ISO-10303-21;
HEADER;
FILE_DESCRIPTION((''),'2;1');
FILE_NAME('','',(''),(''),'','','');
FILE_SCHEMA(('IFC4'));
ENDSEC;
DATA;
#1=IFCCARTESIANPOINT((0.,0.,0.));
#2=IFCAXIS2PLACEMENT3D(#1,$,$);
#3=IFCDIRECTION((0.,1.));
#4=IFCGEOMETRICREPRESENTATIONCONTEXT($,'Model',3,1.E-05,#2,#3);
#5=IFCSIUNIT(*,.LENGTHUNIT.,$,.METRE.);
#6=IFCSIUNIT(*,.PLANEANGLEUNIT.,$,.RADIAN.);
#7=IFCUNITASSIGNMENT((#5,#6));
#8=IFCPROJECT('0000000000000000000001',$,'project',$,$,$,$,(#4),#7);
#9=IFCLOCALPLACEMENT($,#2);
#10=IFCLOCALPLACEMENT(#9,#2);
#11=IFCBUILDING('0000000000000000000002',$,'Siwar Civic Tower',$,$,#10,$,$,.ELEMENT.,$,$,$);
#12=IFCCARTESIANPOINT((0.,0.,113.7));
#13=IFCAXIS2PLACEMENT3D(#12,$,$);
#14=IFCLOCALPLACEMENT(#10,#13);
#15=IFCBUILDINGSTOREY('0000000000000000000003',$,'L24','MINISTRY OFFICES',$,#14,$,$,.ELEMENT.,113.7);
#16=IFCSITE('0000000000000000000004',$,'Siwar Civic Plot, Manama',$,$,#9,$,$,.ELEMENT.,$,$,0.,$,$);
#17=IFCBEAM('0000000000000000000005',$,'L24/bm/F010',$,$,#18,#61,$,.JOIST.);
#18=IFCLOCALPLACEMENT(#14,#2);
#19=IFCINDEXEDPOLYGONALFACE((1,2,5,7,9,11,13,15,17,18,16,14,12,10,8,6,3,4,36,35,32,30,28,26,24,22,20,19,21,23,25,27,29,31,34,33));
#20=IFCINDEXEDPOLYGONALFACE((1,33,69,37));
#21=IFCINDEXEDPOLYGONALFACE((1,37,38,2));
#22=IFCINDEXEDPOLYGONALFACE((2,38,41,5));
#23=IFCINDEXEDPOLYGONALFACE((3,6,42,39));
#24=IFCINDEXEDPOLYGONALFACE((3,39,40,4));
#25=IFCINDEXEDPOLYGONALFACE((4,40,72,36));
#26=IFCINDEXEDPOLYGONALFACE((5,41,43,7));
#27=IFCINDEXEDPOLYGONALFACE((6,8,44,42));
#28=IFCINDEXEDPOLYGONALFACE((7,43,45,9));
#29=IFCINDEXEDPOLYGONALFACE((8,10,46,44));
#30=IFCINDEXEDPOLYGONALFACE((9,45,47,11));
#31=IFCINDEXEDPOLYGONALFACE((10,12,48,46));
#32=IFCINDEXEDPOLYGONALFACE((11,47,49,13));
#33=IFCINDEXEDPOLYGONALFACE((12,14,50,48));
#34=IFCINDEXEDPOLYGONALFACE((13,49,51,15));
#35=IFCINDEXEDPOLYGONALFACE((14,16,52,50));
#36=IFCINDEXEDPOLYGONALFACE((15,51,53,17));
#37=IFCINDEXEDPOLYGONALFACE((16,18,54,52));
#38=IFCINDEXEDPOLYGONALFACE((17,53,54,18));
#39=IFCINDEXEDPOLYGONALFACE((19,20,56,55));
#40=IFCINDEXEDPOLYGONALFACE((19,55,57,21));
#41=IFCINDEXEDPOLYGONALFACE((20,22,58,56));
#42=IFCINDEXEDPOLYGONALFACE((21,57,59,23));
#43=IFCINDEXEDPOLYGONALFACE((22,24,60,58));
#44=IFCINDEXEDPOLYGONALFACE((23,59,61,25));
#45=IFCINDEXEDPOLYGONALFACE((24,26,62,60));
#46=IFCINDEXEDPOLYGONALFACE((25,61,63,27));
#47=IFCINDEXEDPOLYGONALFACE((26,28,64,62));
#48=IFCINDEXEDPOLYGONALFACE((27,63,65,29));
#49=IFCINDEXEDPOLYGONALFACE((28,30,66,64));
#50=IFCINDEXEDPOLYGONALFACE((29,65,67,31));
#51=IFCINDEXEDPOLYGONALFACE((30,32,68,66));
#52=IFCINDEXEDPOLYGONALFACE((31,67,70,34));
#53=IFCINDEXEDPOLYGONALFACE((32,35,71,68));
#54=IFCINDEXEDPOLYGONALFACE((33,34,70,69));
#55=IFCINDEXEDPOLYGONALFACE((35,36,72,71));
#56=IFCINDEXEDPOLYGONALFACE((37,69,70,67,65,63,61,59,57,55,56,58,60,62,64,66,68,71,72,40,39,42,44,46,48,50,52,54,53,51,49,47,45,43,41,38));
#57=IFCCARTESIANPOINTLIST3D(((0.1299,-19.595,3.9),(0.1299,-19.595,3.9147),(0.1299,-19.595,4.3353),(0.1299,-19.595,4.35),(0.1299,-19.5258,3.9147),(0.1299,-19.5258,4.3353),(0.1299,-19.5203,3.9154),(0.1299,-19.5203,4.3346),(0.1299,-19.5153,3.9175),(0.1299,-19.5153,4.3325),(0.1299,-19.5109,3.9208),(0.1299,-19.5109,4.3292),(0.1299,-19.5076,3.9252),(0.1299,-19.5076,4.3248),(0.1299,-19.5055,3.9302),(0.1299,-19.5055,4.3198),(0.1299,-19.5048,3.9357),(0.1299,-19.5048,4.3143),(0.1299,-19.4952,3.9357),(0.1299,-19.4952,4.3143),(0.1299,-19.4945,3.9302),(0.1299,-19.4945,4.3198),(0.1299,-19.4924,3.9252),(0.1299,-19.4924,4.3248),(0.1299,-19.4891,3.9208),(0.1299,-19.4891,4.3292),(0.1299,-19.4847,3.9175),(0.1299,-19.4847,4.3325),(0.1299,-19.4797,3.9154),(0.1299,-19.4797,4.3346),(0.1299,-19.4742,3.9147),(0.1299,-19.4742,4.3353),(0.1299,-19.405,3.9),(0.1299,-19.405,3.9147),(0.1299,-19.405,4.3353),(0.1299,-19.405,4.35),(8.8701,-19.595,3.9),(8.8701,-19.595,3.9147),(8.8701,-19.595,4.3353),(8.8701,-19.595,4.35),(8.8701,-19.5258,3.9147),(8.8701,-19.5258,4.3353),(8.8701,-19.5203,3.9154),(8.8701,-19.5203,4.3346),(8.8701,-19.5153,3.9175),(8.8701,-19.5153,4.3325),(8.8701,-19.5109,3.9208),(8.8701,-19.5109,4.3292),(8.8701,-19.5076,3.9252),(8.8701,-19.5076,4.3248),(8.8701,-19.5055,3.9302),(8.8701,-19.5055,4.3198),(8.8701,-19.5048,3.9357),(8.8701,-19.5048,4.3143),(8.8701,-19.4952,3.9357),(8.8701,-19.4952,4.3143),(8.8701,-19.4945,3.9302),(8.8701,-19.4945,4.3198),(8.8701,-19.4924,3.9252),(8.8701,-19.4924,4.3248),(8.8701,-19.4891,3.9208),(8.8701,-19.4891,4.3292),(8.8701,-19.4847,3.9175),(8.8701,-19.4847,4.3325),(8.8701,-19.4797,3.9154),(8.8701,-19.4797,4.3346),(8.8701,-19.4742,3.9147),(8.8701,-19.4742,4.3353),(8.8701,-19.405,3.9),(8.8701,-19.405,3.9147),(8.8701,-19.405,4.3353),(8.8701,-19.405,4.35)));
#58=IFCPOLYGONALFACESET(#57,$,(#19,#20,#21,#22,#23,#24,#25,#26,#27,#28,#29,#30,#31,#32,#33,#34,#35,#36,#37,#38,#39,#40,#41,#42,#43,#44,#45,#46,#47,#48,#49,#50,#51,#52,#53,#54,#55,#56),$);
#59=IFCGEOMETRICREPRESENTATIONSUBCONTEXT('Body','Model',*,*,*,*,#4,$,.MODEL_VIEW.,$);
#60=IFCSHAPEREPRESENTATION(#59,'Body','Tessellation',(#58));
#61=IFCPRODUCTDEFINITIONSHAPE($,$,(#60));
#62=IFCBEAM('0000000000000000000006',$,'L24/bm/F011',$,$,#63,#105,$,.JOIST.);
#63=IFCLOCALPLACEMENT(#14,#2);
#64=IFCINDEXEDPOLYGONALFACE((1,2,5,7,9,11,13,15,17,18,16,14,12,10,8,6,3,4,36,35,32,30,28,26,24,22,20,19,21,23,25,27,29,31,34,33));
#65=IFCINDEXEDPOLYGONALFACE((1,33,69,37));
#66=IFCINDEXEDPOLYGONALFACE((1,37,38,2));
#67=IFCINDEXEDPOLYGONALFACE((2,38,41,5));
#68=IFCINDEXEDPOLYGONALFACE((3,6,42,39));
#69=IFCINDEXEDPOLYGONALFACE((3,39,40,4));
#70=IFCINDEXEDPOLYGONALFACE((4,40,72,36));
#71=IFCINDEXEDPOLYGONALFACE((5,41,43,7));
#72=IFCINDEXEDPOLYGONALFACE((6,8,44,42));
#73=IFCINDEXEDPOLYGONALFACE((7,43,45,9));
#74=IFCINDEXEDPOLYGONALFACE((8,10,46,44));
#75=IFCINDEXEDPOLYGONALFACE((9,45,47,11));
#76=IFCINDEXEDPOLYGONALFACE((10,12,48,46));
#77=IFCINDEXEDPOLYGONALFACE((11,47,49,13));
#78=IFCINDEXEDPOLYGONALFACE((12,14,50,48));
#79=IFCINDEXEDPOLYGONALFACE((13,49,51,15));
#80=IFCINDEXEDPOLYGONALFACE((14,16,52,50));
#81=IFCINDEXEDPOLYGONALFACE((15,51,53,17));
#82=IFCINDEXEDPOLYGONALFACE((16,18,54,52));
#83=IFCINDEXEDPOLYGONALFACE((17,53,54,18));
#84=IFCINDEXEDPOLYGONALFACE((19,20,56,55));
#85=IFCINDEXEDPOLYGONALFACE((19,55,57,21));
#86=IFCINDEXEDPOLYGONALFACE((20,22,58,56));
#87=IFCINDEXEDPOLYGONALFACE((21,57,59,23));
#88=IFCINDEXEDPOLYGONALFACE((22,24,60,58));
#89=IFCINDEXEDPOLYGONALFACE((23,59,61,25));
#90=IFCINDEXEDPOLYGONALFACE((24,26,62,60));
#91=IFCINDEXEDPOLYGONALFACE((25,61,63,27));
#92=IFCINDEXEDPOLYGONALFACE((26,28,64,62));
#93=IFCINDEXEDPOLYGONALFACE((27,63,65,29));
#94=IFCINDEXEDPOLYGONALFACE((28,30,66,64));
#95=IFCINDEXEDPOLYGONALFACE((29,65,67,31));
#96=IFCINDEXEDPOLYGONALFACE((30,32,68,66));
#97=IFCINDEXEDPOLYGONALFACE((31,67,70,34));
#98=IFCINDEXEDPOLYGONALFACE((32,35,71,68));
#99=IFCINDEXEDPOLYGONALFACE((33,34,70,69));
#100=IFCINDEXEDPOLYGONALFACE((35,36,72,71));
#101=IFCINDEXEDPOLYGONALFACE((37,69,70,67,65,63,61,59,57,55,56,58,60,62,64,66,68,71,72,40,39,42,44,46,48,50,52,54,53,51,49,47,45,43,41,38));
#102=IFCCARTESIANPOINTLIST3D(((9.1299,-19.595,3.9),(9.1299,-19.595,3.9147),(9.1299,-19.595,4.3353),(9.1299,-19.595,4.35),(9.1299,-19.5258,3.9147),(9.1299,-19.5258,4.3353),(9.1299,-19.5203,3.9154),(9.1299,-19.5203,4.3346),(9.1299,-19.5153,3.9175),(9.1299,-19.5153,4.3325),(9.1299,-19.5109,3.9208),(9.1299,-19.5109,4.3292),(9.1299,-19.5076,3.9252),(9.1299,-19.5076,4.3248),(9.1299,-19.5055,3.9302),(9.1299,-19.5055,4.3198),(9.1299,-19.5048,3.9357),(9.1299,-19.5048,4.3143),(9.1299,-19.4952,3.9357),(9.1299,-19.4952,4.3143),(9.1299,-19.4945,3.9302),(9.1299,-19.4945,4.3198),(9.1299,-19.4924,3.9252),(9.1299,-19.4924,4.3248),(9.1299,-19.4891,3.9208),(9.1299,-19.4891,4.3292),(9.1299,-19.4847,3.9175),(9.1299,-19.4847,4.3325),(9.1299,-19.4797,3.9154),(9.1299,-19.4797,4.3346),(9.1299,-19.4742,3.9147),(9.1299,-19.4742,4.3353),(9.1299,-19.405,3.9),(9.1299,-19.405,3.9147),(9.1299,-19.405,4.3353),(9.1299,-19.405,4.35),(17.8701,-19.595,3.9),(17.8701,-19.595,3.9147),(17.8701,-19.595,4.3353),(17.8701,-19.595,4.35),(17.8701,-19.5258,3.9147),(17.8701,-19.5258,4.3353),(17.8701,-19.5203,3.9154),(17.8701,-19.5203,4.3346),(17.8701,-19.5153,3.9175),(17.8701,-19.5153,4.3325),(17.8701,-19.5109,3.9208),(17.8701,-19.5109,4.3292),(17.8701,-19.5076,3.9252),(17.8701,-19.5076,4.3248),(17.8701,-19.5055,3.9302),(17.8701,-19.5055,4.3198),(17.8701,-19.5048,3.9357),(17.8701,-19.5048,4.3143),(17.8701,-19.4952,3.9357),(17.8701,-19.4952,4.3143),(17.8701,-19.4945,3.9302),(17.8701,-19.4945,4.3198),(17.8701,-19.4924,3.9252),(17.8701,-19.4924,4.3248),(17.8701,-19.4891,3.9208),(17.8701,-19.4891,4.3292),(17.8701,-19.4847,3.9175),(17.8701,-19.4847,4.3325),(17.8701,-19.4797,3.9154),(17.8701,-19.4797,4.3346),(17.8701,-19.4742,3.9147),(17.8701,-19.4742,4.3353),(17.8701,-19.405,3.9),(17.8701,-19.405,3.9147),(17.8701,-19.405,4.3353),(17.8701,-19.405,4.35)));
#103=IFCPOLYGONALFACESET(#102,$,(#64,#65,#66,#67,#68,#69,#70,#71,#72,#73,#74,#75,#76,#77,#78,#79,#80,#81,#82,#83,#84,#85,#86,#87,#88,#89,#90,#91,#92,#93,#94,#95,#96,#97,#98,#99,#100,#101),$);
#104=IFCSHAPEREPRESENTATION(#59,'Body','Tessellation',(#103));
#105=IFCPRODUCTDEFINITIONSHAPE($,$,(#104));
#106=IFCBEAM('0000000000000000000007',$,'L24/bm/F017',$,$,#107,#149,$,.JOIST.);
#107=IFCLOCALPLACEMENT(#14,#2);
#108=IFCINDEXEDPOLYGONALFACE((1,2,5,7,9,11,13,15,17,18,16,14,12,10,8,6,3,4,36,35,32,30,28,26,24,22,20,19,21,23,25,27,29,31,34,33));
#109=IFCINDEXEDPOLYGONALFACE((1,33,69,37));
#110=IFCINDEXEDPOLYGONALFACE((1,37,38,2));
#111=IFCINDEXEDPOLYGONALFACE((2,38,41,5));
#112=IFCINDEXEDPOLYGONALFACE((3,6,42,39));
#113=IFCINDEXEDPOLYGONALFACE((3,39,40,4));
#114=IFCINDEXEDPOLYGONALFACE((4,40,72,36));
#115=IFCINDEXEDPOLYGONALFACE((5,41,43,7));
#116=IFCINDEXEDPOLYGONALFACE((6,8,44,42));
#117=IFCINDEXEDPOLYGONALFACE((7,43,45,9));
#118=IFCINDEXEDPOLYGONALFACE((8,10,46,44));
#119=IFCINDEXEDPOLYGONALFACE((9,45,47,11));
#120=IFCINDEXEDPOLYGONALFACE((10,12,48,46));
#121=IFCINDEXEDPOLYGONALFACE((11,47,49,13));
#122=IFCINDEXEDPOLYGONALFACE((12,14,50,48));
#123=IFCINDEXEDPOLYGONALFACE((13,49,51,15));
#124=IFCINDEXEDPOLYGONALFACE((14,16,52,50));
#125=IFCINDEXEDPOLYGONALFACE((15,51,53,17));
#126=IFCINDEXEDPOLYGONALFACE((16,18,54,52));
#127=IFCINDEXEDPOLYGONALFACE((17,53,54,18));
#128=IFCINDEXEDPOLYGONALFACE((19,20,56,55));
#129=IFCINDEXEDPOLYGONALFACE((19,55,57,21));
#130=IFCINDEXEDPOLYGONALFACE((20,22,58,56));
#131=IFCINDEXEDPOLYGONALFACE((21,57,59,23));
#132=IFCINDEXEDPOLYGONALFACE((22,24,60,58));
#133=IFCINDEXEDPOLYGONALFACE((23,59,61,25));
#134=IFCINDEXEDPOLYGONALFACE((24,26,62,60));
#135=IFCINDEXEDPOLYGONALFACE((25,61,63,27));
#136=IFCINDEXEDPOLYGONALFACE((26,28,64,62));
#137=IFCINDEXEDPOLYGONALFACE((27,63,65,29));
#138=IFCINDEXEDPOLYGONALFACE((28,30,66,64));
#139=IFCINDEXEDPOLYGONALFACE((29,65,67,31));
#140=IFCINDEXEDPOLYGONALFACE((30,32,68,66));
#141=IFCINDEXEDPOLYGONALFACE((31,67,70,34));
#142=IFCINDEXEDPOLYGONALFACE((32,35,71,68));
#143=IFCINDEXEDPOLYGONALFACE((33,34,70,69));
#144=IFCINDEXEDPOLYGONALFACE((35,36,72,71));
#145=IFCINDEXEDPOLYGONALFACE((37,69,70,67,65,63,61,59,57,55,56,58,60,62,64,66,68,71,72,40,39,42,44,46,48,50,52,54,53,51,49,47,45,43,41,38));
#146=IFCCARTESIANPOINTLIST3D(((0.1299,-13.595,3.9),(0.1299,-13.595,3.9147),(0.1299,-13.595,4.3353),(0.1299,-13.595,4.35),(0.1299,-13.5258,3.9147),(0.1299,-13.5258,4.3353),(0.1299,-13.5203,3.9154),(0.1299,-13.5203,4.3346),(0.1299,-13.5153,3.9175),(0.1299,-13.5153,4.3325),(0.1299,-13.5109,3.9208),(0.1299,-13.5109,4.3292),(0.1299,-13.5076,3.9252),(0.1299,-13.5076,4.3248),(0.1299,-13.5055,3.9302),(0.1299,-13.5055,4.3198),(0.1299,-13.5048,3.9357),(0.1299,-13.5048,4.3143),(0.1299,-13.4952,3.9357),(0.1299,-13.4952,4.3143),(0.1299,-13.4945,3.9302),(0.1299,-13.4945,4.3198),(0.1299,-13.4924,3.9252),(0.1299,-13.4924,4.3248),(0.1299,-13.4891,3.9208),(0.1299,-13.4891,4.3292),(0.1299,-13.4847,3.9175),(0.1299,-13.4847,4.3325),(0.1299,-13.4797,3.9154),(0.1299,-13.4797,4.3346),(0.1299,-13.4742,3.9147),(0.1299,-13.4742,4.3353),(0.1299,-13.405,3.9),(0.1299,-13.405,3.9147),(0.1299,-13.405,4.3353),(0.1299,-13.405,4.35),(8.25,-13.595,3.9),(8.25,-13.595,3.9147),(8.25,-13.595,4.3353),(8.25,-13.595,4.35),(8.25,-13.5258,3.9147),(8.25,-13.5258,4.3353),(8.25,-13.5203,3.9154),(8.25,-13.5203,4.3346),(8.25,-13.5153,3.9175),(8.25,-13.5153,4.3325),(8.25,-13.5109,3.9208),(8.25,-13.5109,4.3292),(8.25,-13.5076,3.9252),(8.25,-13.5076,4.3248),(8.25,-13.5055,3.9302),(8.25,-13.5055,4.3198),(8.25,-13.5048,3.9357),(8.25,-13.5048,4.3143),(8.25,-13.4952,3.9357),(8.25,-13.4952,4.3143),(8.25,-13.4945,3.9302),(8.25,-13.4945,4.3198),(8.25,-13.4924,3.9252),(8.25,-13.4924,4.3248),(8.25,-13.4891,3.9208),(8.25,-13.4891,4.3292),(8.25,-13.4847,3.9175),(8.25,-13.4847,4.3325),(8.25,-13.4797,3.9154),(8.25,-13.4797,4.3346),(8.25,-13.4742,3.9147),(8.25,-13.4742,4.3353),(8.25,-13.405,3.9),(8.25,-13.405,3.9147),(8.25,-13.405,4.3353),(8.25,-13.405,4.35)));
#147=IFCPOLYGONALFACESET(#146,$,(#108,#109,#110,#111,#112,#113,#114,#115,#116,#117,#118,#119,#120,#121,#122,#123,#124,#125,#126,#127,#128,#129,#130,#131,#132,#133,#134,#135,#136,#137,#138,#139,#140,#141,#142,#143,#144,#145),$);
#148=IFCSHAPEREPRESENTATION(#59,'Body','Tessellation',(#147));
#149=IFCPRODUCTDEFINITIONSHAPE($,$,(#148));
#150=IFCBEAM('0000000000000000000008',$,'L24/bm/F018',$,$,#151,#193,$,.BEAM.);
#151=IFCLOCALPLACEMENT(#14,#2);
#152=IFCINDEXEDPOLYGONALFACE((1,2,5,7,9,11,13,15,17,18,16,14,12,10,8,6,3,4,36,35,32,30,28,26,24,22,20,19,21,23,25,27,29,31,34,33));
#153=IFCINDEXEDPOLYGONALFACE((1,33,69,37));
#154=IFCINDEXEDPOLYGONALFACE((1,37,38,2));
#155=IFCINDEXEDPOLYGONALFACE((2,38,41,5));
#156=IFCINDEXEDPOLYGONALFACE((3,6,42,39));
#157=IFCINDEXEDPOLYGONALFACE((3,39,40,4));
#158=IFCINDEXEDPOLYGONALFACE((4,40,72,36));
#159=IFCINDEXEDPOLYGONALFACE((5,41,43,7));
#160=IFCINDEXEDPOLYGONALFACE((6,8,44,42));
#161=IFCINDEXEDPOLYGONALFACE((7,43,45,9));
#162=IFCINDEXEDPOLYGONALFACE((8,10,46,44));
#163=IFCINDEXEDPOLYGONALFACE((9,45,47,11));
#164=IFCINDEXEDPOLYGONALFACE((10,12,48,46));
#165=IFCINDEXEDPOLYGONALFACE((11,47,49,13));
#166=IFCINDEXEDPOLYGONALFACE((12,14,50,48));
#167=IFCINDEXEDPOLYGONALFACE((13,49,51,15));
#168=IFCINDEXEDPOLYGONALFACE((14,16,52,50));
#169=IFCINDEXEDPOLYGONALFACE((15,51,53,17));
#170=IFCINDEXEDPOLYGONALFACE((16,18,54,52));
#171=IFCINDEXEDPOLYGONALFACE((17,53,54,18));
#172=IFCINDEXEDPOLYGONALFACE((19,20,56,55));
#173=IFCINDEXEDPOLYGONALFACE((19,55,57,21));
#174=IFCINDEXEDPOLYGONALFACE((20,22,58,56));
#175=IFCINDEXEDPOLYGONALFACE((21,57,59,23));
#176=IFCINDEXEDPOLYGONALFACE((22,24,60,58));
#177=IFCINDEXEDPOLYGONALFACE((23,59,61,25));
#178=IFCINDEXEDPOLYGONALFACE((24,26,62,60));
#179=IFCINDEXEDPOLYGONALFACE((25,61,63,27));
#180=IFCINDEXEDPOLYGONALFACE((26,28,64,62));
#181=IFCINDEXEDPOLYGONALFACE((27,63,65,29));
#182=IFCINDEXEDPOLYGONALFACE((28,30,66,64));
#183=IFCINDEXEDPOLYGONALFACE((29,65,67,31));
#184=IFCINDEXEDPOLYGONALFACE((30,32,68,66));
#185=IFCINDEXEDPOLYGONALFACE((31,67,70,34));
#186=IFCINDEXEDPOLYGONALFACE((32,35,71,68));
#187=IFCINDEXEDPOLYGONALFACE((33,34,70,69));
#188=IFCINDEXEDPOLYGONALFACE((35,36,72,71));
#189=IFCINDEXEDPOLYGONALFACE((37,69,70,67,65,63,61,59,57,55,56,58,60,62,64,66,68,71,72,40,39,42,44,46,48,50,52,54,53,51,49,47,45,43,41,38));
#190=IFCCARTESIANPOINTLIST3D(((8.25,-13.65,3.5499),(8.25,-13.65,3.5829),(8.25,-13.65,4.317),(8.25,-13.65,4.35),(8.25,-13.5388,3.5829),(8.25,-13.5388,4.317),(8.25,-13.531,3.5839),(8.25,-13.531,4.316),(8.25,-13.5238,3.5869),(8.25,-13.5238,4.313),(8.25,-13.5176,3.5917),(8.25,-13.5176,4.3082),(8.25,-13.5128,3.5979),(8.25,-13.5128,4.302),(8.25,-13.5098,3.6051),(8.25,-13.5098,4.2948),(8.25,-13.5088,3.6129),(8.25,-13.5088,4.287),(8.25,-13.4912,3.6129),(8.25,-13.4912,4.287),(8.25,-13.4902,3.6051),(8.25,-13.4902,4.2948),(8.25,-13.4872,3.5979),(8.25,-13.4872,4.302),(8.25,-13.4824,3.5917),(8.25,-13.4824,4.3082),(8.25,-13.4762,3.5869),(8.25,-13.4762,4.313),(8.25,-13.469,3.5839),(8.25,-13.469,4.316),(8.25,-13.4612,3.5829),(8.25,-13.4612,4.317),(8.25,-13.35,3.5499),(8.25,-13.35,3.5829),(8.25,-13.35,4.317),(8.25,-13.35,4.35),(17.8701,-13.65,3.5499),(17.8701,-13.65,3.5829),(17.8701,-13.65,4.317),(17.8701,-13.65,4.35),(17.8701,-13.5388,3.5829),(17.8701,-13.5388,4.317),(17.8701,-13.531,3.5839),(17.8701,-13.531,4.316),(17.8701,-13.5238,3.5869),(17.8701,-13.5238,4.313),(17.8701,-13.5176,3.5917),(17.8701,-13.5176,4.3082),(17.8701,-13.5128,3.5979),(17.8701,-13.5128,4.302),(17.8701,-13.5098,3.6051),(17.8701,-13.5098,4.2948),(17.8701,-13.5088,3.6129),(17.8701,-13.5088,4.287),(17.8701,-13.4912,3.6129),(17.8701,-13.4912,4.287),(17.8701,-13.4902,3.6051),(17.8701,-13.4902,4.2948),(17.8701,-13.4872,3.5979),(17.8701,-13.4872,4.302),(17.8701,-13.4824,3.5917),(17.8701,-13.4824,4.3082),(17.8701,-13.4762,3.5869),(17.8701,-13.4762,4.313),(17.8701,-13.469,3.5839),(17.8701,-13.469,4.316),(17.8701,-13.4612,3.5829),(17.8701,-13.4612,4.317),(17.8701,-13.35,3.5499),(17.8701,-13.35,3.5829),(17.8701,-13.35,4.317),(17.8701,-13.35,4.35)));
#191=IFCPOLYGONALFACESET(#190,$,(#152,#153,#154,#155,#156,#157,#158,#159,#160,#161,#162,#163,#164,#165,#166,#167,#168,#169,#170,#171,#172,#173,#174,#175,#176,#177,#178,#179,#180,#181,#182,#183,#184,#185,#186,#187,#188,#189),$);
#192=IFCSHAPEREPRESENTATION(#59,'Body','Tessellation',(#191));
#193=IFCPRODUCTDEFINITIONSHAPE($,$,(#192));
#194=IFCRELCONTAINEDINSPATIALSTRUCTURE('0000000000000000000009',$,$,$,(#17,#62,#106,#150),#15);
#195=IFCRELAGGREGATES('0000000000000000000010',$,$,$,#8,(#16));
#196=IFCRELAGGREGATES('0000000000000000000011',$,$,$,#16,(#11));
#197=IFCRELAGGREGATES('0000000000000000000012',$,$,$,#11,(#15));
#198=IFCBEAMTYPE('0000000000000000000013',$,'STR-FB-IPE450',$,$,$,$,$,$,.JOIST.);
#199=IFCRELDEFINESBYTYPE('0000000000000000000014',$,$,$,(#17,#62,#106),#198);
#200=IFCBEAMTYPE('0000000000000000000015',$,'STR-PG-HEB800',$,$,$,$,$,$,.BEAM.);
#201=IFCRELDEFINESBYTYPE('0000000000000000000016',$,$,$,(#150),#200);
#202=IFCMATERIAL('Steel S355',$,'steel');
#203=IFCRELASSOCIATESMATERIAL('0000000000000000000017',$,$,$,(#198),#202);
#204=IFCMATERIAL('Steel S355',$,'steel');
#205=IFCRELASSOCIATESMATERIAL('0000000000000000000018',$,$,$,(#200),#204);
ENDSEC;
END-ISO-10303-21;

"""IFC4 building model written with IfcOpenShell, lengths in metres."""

from ifc_helpers import new_model, si_unit, direction, frame, origin, origin_2d, place, context, subcontext, project, spatial, i_section, extrude, material, material_profile, profile_set, type_object, element, save


model = new_model("IFC4")

# Units and contexts
model_context = context("Model", 3, precision=1e-05, world=origin(), true_north=direction((0.0, 1.0)))
body_context = subcontext(model_context, "Body", "Model", "MODEL_VIEW")
ifc_project = project(units=[si_unit("LENGTHUNIT", "METRE"), si_unit("PLANEANGLEUNIT", "RADIAN")], contexts=[model_context])

# Site, building, storey
site_placement = place(None, origin())
site = spatial("IfcSite", under=ifc_project, at=site_placement, Name="Siwar Civic Plot, Manama", CompositionType="ELEMENT", RefElevation=0.0)
building_placement = place(site_placement, origin())
building = spatial("IfcBuilding", under=site, at=building_placement, Name="Siwar Civic Tower", CompositionType="ELEMENT")
storey_placement = place(building_placement, frame((0.0, 0.0, 113.7)))
storey = spatial("IfcBuildingStorey", under=building, at=storey_placement, Name="L24", Description="MINISTRY OFFICES", CompositionType="ELEMENT", Elevation=113.7)

# Beams
ifc_material_1 = material(Name="Steel S355", Category="steel")
ifc_material_profile_1 = material_profile(ifc_material_1, i_section(OverallWidth=0.1899, OverallDepth=0.45, WebThickness=0.0095, FlangeThickness=0.0146, FilletRadius=0.021, at=origin_2d()), Name="IPE450")
ifc_profile_set_1 = profile_set([ifc_material_profile_1], Name="Steel S355")
beam_type_1 = type_object("IfcBeamType", Name="STR-FB-IPE450", PredefinedType="JOIST", material=ifc_profile_set_1)
for number, where, z_axis, x_axis, name in (
    (1, (0.1299, -19.5, 4.125), (1.0, 0.0, 0.0), (0.0, 1.0, 0.0), "L24/bm/F010"),
    (2, (9.1299, -19.5, 4.125), (1.0, 0.0, 0.0), (0.0, 1.0, 0.0), "L24/bm/F011"),
):
    element("IfcBeam", number, at=place(storey_placement, frame(where, z_axis=z_axis, x_axis=x_axis)), inside=storey, type_object=beam_type_1, Name=name, PredefinedType="JOIST", context=body_context, shape_type="SweptSolid", body=[
        extrude(i_section(OverallWidth=0.1899, OverallDepth=0.45, WebThickness=0.0095, FlangeThickness=0.0146, FilletRadius=0.021, at=origin_2d()), origin(), (0.0, 0.0, 1.0), 8.7402),
    ])
beam_1_placement = place(storey_placement, frame((0.1299, -13.5, 4.125), z_axis=(1.0, 0.0, 0.0), x_axis=(0.0, 1.0, 0.0)))
element("IfcBeam", 3, at=beam_1_placement, inside=storey, type_object=beam_type_1, Name="L24/bm/F017", PredefinedType="JOIST", context=body_context, shape_type="SweptSolid", body=[
    extrude(i_section(OverallWidth=0.1899, OverallDepth=0.45, WebThickness=0.0095, FlangeThickness=0.0146, FilletRadius=0.021, at=origin_2d()), origin(), (0.0, 0.0, 1.0), 8.1201),
])
ifc_material_2 = material(Name="Steel S355", Category="steel")
ifc_material_profile_2 = material_profile(ifc_material_2, i_section(OverallWidth=0.3, OverallDepth=0.8, WebThickness=0.0176, FlangeThickness=0.033, FilletRadius=0.03, at=origin_2d()), Name="HEB800")
ifc_profile_set_2 = profile_set([ifc_material_profile_2], Name="Steel S355")
beam_type_2 = type_object("IfcBeamType", Name="STR-PG-HEB800", PredefinedType="BEAM", material=ifc_profile_set_2)
beam_2_placement = place(storey_placement, frame((8.25, -13.5, 3.95), z_axis=(1.0, 0.0, 0.0), x_axis=(0.0, 1.0, 0.0)))
element("IfcBeam", 4, at=beam_2_placement, inside=storey, type_object=beam_type_2, Name="L24/bm/F018", PredefinedType="BEAM", context=body_context, shape_type="SweptSolid", body=[
    extrude(i_section(OverallWidth=0.3, OverallDepth=0.8, WebThickness=0.0176, FlangeThickness=0.033, FilletRadius=0.03, at=origin_2d()), origin(), (0.0, 0.0, 1.0), 9.6201),
])

save(model, "model.ifc")
